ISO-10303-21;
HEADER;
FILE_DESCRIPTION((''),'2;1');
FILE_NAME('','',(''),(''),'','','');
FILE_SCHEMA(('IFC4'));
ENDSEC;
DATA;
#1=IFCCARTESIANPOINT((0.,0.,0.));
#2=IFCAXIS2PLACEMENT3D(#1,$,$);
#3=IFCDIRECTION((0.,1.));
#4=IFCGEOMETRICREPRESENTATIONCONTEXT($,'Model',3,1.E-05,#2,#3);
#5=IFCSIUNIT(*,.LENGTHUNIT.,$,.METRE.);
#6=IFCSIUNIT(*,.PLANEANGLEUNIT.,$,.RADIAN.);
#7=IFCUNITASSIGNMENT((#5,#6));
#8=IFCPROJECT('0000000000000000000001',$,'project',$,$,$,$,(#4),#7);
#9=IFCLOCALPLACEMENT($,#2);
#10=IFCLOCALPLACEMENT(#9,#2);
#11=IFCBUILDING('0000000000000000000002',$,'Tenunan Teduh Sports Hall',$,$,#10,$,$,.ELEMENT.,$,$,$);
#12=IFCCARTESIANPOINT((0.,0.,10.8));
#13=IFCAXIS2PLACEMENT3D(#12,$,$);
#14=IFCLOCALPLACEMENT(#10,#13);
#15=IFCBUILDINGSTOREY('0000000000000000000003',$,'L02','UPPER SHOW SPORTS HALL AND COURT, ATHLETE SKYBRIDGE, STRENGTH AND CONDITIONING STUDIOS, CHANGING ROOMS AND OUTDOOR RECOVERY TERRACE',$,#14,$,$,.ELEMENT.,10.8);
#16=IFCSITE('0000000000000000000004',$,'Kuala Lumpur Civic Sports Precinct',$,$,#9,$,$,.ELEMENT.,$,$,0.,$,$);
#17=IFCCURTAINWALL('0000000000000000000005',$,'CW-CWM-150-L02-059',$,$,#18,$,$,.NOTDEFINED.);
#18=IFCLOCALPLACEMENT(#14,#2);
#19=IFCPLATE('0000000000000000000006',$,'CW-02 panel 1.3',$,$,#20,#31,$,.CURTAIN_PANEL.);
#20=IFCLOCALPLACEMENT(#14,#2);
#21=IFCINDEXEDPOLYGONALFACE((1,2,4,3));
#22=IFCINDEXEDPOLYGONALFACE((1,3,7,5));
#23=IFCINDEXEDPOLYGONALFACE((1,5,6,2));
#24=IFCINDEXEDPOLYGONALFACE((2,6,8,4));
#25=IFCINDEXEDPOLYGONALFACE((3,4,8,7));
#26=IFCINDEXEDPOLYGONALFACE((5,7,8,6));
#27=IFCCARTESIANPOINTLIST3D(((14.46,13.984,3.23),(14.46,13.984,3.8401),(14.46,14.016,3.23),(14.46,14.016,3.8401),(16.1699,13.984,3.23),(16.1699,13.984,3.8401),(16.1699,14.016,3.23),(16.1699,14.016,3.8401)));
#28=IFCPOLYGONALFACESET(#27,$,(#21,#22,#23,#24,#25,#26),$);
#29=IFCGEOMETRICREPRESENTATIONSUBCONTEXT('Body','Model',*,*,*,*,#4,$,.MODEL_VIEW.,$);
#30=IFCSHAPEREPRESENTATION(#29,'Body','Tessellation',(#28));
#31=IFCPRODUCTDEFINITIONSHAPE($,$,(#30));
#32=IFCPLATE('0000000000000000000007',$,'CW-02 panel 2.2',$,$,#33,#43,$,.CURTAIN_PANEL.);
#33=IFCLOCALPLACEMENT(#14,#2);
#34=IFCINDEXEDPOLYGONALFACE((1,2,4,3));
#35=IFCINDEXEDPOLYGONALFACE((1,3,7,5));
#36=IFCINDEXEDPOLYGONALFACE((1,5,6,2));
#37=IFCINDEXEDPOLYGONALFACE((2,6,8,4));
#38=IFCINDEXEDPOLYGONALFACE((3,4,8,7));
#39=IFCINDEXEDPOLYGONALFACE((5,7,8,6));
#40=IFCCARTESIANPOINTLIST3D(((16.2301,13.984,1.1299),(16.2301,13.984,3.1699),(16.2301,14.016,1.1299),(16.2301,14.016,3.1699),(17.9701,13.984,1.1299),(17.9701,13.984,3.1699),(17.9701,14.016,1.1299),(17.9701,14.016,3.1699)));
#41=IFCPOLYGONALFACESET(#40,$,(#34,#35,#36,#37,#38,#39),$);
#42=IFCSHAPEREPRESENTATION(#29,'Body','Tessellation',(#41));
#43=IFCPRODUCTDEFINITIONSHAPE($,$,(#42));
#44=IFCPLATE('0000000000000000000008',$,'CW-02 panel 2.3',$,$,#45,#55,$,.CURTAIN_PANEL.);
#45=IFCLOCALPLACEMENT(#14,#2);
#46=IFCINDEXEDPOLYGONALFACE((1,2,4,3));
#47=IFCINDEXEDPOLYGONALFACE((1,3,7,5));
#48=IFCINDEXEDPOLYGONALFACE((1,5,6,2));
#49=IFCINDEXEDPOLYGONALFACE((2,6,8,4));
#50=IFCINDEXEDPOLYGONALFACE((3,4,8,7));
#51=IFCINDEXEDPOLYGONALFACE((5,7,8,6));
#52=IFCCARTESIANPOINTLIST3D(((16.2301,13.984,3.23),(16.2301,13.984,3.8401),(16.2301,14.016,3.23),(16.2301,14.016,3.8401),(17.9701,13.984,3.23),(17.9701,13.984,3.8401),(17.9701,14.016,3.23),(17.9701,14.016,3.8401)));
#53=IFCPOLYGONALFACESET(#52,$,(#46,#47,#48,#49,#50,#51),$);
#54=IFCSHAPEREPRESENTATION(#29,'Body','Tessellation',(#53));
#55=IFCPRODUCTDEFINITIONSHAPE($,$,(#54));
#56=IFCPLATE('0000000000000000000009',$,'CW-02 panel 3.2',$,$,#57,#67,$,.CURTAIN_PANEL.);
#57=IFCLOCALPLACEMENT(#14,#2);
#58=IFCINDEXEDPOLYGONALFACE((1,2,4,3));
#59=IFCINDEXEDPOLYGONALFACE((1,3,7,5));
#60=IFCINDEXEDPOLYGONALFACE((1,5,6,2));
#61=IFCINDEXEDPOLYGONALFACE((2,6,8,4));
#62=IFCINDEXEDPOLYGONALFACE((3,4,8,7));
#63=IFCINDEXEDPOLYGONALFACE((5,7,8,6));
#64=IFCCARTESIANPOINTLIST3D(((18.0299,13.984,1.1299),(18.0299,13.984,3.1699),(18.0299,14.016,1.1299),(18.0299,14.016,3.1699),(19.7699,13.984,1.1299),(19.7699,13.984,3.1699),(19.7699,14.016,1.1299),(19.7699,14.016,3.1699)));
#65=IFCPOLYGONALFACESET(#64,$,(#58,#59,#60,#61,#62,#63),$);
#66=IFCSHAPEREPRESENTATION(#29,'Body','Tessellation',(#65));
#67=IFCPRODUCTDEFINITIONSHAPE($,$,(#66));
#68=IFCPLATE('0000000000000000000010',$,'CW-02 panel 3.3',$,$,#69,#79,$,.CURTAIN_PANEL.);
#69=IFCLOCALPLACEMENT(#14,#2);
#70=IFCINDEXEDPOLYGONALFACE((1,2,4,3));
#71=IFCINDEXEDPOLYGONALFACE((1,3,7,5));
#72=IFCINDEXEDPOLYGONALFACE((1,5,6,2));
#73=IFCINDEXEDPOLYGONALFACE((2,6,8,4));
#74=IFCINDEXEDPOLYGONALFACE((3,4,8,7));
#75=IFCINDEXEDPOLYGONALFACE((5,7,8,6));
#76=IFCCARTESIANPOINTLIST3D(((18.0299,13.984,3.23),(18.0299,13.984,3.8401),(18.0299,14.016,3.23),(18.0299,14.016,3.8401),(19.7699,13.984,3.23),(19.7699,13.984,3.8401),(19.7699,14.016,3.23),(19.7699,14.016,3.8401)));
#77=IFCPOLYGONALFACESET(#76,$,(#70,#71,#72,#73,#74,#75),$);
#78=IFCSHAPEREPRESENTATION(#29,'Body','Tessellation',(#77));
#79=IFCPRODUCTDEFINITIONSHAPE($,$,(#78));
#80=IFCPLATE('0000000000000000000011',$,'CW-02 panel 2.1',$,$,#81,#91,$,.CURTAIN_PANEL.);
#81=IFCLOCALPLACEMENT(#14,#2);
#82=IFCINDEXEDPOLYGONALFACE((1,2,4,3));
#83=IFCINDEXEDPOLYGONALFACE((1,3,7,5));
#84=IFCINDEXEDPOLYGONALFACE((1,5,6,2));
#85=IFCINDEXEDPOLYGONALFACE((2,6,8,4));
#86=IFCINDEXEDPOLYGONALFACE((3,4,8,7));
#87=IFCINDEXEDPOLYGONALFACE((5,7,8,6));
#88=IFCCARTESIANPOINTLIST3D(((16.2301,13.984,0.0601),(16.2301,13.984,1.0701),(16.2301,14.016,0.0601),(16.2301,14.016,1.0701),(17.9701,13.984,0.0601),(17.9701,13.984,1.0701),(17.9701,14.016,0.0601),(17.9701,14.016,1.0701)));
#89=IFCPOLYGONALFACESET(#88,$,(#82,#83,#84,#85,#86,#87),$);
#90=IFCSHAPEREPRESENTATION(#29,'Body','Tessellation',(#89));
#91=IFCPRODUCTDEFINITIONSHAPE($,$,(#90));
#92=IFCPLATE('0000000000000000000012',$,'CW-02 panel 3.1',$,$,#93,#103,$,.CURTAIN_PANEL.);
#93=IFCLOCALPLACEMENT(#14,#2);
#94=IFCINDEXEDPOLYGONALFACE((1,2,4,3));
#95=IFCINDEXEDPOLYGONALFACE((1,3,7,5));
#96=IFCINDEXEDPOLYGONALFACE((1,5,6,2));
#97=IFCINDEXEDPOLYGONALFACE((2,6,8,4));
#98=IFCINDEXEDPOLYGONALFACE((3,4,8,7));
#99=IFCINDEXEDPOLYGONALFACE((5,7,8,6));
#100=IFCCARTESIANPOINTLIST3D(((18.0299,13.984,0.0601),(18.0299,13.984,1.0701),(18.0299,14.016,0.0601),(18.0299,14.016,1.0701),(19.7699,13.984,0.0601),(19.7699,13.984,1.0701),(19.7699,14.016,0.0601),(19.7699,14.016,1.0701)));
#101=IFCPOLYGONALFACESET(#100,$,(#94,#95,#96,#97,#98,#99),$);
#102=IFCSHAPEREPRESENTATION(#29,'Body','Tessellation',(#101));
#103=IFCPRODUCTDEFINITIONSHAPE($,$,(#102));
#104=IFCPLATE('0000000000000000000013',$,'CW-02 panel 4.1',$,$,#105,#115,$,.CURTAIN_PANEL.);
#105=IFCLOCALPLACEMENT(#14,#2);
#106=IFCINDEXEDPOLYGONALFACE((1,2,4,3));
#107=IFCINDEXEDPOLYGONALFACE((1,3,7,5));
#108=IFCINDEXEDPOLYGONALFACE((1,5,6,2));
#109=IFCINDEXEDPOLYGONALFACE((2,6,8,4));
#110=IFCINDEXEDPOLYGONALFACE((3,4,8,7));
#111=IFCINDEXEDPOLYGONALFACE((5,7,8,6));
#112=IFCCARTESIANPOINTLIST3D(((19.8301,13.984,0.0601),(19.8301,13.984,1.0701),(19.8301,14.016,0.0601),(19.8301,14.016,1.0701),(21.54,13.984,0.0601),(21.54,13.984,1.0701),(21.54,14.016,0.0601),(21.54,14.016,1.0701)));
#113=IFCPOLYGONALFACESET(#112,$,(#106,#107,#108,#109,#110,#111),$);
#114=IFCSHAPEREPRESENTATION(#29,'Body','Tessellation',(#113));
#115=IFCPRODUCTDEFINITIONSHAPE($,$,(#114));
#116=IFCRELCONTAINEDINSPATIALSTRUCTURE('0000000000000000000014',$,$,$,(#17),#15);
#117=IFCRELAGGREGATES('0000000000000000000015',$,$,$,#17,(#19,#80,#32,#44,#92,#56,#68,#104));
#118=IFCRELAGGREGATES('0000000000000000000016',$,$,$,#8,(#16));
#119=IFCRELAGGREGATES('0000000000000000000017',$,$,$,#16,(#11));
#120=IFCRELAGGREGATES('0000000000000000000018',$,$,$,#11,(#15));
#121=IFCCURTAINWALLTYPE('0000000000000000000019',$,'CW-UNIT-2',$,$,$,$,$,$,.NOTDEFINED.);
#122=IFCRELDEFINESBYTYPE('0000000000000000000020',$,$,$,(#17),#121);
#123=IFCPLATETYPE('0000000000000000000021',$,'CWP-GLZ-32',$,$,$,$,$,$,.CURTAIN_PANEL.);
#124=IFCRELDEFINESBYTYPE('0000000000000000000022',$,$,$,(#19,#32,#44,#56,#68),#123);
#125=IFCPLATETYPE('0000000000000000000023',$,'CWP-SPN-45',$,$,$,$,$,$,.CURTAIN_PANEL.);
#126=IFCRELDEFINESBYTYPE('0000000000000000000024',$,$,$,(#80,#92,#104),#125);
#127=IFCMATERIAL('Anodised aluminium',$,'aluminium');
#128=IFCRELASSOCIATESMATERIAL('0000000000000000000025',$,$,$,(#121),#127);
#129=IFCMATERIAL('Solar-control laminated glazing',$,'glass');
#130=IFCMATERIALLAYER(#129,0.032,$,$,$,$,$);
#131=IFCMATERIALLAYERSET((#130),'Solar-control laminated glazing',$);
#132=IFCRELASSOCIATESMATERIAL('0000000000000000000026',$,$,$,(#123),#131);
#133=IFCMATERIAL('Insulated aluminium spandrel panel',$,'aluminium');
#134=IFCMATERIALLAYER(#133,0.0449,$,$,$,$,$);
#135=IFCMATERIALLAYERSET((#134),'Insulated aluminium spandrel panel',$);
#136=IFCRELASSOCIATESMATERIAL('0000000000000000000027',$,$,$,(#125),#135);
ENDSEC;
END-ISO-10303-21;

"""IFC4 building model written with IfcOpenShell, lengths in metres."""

from ifc_helpers import new_model, si_unit, direction, frame, origin, origin_2d, place, context, subcontext, project, spatial, rectangle, extrude, material, layer, layer_set, type_object, element, aggregate, save


model = new_model("IFC4")

# Units and contexts
model_context = context("Model", 3, precision=1e-05, world=origin(), true_north=direction((0.0, 1.0)))
body_context = subcontext(model_context, "Body", "Model", "MODEL_VIEW")
ifc_project = project(units=[si_unit("LENGTHUNIT", "METRE"), si_unit("PLANEANGLEUNIT", "RADIAN")], contexts=[model_context])

# Site, building, storey
site_placement = place(None, origin())
site = spatial("IfcSite", under=ifc_project, at=site_placement, Name="Kuala Lumpur Civic Sports Precinct", CompositionType="ELEMENT", RefElevation=0.0)
building_placement = place(site_placement, origin())
building = spatial("IfcBuilding", under=site, at=building_placement, Name="Tenunan Teduh Sports Hall", CompositionType="ELEMENT")
storey_placement = place(building_placement, frame((0.0, 0.0, 10.8)))
storey = spatial("IfcBuildingStorey", under=building, at=storey_placement, Name="L02", Description="UPPER SHOW SPORTS HALL AND COURT, ATHLETE SKYBRIDGE, STRENGTH AND CONDITIONING STUDIOS, CHANGING ROOMS AND OUTDOOR RECOVERY TERRACE", CompositionType="ELEMENT", Elevation=10.8)

# Curtain wall, plates
ifc_material_1 = material(Name="Anodised aluminium", Category="aluminium")
curtain_wall_type = type_object("IfcCurtainWallType", Name="CW-UNIT-2", PredefinedType="NOTDEFINED", material=ifc_material_1)
curtain_wall_placement = place(storey_placement, origin())
curtain_wall = element("IfcCurtainWall", 1, at=curtain_wall_placement, inside=storey, type_object=curtain_wall_type, Name="CW-CWM-150-L02-059", PredefinedType="NOTDEFINED")
ifc_material_2 = material(Name="Solar-control laminated glazing", Category="glass")
ifc_layer_1 = layer(ifc_material_2, 0.032)
ifc_layer_set_1 = layer_set([ifc_layer_1], Name="Solar-control laminated glazing")
plate_type_1 = type_object("IfcPlateType", Name="CWP-GLZ-32", PredefinedType="CURTAIN_PANEL", material=ifc_layer_set_1)
plate_1_placement = place(storey_placement, frame((15.3149, 14.0, 3.23), z_axis=(0.0, 0.0, 1.0), x_axis=(1.0, 0.0, 0.0)))
plate_1 = element("IfcPlate", 2, at=plate_1_placement, type_object=plate_type_1, Name="CW-02 panel 1.3", PredefinedType="CURTAIN_PANEL", context=body_context, shape_type="SweptSolid", body=[
    extrude(rectangle(XDim=1.71, YDim=0.032, at=origin_2d()), origin(), (0.0, 0.0, 1.0), 0.6101),
])
plate_2_placement = place(storey_placement, frame((17.1001, 14.0, 1.1299), z_axis=(0.0, 0.0, 1.0), x_axis=(1.0, 0.0, 0.0)))
plate_2 = element("IfcPlate", 3, at=plate_2_placement, type_object=plate_type_1, Name="CW-02 panel 2.2", PredefinedType="CURTAIN_PANEL", context=body_context, shape_type="SweptSolid", body=[
    extrude(rectangle(XDim=1.74, YDim=0.032, at=origin_2d()), origin(), (0.0, 0.0, 1.0), 2.04),
])
plate_3_placement = place(storey_placement, frame((17.1001, 14.0, 3.23), z_axis=(0.0, 0.0, 1.0), x_axis=(1.0, 0.0, 0.0)))
plate_3 = element("IfcPlate", 4, at=plate_3_placement, type_object=plate_type_1, Name="CW-02 panel 2.3", PredefinedType="CURTAIN_PANEL", context=body_context, shape_type="SweptSolid", body=[
    extrude(rectangle(XDim=1.74, YDim=0.032, at=origin_2d()), origin(), (0.0, 0.0, 1.0), 0.6101),
])
plate_4_placement = place(storey_placement, frame((18.8999, 14.0, 1.1299), z_axis=(0.0, 0.0, 1.0), x_axis=(1.0, 0.0, 0.0)))
plate_4 = element("IfcPlate", 5, at=plate_4_placement, type_object=plate_type_1, Name="CW-02 panel 3.2", PredefinedType="CURTAIN_PANEL", context=body_context, shape_type="SweptSolid", body=[
    extrude(rectangle(XDim=1.74, YDim=0.032, at=origin_2d()), origin(), (0.0, 0.0, 1.0), 2.04),
])
plate_5_placement = place(storey_placement, frame((18.8999, 14.0, 3.23), z_axis=(0.0, 0.0, 1.0), x_axis=(1.0, 0.0, 0.0)))
plate_5 = element("IfcPlate", 6, at=plate_5_placement, type_object=plate_type_1, Name="CW-02 panel 3.3", PredefinedType="CURTAIN_PANEL", context=body_context, shape_type="SweptSolid", body=[
    extrude(rectangle(XDim=1.74, YDim=0.032, at=origin_2d()), origin(), (0.0, 0.0, 1.0), 0.6101),
])
ifc_material_3 = material(Name="Insulated aluminium spandrel panel", Category="aluminium")
ifc_layer_2 = layer(ifc_material_3, 0.0449)
ifc_layer_set_2 = layer_set([ifc_layer_2], Name="Insulated aluminium spandrel panel")
plate_type_2 = type_object("IfcPlateType", Name="CWP-SPN-45", PredefinedType="CURTAIN_PANEL", material=ifc_layer_set_2)
plate_6_placement = place(storey_placement, frame((17.1001, 14.0, 0.0601), z_axis=(0.0, 0.0, 1.0), x_axis=(1.0, 0.0, 0.0)))
plate_6 = element("IfcPlate", 7, at=plate_6_placement, type_object=plate_type_2, Name="CW-02 panel 2.1", PredefinedType="CURTAIN_PANEL", context=body_context, shape_type="SweptSolid", body=[
    extrude(rectangle(XDim=1.74, YDim=0.032, at=origin_2d()), origin(), (0.0, 0.0, 1.0), 1.01),
])
plate_7_placement = place(storey_placement, frame((18.8999, 14.0, 0.0601), z_axis=(0.0, 0.0, 1.0), x_axis=(1.0, 0.0, 0.0)))
plate_7 = element("IfcPlate", 8, at=plate_7_placement, type_object=plate_type_2, Name="CW-02 panel 3.1", PredefinedType="CURTAIN_PANEL", context=body_context, shape_type="SweptSolid", body=[
    extrude(rectangle(XDim=1.74, YDim=0.032, at=origin_2d()), origin(), (0.0, 0.0, 1.0), 1.01),
])
plate_8_placement = place(storey_placement, frame((20.6851, 14.0, 0.0601), z_axis=(0.0, 0.0, 1.0), x_axis=(1.0, 0.0, 0.0)))
plate_8 = element("IfcPlate", 9, at=plate_8_placement, type_object=plate_type_2, Name="CW-02 panel 4.1", PredefinedType="CURTAIN_PANEL", context=body_context, shape_type="SweptSolid", body=[
    extrude(rectangle(XDim=1.71, YDim=0.032, at=origin_2d()), origin(), (0.0, 0.0, 1.0), 1.01),
])
aggregate(curtain_wall, [plate_1, plate_6, plate_2, plate_3, plate_7, plate_4, plate_5, plate_8])

save(model, "model.ifc")
